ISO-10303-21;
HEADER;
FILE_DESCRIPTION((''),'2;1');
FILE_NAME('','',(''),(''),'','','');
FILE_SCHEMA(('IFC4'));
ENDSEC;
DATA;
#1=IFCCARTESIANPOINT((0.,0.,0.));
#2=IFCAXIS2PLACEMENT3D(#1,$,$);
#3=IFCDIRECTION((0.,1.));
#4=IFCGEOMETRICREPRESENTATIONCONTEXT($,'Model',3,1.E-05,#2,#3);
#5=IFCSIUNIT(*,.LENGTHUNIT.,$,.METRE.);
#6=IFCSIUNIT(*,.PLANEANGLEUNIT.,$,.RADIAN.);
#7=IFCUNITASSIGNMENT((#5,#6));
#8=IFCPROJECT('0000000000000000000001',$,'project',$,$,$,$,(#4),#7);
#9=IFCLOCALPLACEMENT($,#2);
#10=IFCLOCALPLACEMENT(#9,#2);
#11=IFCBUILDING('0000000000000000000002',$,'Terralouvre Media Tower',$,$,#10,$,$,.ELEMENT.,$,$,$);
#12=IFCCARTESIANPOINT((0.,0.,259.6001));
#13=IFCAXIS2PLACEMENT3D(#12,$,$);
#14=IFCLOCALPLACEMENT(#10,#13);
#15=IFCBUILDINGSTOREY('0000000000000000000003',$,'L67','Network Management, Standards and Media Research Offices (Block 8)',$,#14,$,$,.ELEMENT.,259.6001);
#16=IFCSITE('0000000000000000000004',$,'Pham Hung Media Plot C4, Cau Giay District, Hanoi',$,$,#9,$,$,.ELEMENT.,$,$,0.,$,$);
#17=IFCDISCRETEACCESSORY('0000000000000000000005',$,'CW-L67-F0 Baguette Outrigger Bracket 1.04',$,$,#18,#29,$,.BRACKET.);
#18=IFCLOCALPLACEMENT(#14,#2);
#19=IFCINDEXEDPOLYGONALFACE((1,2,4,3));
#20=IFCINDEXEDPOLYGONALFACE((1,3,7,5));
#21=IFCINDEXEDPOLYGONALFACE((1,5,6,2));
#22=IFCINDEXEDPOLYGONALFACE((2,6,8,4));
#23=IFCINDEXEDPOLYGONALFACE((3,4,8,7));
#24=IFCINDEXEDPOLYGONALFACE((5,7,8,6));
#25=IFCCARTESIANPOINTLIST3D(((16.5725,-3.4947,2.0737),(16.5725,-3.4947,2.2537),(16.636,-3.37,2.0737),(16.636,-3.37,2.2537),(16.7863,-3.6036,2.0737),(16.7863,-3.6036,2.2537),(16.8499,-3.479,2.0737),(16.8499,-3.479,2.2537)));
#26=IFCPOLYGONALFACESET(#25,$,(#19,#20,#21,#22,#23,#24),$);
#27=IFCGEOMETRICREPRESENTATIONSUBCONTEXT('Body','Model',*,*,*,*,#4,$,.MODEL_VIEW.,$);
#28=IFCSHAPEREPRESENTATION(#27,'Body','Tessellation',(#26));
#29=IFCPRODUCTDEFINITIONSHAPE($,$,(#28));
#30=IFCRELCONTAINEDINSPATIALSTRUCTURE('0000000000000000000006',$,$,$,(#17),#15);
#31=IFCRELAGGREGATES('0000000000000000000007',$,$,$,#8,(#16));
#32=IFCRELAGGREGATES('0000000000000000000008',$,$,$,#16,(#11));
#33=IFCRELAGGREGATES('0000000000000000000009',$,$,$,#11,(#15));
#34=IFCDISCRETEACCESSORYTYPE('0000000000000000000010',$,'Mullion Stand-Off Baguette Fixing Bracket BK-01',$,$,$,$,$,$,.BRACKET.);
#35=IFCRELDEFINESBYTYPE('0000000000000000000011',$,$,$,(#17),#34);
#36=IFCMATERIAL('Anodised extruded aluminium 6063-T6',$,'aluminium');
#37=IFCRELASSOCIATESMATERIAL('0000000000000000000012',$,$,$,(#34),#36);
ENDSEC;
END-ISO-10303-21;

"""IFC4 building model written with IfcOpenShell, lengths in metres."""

from ifc_helpers import new_model, si_unit, direction, frame, origin, origin_2d, place, context, subcontext, project, spatial, rectangle, extrude, material, type_object, element, save


model = new_model("IFC4")

# Units and contexts
model_context = context("Model", 3, precision=1e-05, world=origin(), true_north=direction((0.0, 1.0)))
body_context = subcontext(model_context, "Body", "Model", "MODEL_VIEW")
ifc_project = project(units=[si_unit("LENGTHUNIT", "METRE"), si_unit("PLANEANGLEUNIT", "RADIAN")], contexts=[model_context])

# Site, building, storey
site_placement = place(None, origin())
site = spatial("IfcSite", under=ifc_project, at=site_placement, Name="Pham Hung Media Plot C4, Cau Giay District, Hanoi", CompositionType="ELEMENT", RefElevation=0.0)
building_placement = place(site_placement, origin())
building = spatial("IfcBuilding", under=site, at=building_placement, Name="Terralouvre Media Tower", CompositionType="ELEMENT")
storey_placement = place(building_placement, frame((0.0, 0.0, 259.6001)))
storey = spatial("IfcBuildingStorey", under=building, at=storey_placement, Name="L67", Description="Network Management, Standards and Media Research Offices (Block 8)", CompositionType="ELEMENT", Elevation=259.6001)

# Discrete accessory
ifc_material_1 = material(Name="Anodised extruded aluminium 6063-T6", Category="aluminium")
discrete_accessory_type = type_object("IfcDiscreteAccessoryType", Name="Mullion Stand-Off Baguette Fixing Bracket BK-01", PredefinedType="BRACKET", material=ifc_material_1)
discrete_accessory_placement = place(storey_placement, frame((16.7112, -3.4868, 2.0737), z_axis=(0.0, 0.0, 1.0), x_axis=(0.45399, 0.891007, 0.0)))
element("IfcDiscreteAccessory", 1, at=discrete_accessory_placement, inside=storey, type_object=discrete_accessory_type, Name="CW-L67-F0 Baguette Outrigger Bracket 1.04", PredefinedType="BRACKET", context=body_context, shape_type="SweptSolid", body=[
    extrude(rectangle(XDim=0.1399, YDim=0.24, at=origin_2d()), origin(), (0.0, 0.0, 1.0), 0.1799),
])

save(model, "model.ifc")
